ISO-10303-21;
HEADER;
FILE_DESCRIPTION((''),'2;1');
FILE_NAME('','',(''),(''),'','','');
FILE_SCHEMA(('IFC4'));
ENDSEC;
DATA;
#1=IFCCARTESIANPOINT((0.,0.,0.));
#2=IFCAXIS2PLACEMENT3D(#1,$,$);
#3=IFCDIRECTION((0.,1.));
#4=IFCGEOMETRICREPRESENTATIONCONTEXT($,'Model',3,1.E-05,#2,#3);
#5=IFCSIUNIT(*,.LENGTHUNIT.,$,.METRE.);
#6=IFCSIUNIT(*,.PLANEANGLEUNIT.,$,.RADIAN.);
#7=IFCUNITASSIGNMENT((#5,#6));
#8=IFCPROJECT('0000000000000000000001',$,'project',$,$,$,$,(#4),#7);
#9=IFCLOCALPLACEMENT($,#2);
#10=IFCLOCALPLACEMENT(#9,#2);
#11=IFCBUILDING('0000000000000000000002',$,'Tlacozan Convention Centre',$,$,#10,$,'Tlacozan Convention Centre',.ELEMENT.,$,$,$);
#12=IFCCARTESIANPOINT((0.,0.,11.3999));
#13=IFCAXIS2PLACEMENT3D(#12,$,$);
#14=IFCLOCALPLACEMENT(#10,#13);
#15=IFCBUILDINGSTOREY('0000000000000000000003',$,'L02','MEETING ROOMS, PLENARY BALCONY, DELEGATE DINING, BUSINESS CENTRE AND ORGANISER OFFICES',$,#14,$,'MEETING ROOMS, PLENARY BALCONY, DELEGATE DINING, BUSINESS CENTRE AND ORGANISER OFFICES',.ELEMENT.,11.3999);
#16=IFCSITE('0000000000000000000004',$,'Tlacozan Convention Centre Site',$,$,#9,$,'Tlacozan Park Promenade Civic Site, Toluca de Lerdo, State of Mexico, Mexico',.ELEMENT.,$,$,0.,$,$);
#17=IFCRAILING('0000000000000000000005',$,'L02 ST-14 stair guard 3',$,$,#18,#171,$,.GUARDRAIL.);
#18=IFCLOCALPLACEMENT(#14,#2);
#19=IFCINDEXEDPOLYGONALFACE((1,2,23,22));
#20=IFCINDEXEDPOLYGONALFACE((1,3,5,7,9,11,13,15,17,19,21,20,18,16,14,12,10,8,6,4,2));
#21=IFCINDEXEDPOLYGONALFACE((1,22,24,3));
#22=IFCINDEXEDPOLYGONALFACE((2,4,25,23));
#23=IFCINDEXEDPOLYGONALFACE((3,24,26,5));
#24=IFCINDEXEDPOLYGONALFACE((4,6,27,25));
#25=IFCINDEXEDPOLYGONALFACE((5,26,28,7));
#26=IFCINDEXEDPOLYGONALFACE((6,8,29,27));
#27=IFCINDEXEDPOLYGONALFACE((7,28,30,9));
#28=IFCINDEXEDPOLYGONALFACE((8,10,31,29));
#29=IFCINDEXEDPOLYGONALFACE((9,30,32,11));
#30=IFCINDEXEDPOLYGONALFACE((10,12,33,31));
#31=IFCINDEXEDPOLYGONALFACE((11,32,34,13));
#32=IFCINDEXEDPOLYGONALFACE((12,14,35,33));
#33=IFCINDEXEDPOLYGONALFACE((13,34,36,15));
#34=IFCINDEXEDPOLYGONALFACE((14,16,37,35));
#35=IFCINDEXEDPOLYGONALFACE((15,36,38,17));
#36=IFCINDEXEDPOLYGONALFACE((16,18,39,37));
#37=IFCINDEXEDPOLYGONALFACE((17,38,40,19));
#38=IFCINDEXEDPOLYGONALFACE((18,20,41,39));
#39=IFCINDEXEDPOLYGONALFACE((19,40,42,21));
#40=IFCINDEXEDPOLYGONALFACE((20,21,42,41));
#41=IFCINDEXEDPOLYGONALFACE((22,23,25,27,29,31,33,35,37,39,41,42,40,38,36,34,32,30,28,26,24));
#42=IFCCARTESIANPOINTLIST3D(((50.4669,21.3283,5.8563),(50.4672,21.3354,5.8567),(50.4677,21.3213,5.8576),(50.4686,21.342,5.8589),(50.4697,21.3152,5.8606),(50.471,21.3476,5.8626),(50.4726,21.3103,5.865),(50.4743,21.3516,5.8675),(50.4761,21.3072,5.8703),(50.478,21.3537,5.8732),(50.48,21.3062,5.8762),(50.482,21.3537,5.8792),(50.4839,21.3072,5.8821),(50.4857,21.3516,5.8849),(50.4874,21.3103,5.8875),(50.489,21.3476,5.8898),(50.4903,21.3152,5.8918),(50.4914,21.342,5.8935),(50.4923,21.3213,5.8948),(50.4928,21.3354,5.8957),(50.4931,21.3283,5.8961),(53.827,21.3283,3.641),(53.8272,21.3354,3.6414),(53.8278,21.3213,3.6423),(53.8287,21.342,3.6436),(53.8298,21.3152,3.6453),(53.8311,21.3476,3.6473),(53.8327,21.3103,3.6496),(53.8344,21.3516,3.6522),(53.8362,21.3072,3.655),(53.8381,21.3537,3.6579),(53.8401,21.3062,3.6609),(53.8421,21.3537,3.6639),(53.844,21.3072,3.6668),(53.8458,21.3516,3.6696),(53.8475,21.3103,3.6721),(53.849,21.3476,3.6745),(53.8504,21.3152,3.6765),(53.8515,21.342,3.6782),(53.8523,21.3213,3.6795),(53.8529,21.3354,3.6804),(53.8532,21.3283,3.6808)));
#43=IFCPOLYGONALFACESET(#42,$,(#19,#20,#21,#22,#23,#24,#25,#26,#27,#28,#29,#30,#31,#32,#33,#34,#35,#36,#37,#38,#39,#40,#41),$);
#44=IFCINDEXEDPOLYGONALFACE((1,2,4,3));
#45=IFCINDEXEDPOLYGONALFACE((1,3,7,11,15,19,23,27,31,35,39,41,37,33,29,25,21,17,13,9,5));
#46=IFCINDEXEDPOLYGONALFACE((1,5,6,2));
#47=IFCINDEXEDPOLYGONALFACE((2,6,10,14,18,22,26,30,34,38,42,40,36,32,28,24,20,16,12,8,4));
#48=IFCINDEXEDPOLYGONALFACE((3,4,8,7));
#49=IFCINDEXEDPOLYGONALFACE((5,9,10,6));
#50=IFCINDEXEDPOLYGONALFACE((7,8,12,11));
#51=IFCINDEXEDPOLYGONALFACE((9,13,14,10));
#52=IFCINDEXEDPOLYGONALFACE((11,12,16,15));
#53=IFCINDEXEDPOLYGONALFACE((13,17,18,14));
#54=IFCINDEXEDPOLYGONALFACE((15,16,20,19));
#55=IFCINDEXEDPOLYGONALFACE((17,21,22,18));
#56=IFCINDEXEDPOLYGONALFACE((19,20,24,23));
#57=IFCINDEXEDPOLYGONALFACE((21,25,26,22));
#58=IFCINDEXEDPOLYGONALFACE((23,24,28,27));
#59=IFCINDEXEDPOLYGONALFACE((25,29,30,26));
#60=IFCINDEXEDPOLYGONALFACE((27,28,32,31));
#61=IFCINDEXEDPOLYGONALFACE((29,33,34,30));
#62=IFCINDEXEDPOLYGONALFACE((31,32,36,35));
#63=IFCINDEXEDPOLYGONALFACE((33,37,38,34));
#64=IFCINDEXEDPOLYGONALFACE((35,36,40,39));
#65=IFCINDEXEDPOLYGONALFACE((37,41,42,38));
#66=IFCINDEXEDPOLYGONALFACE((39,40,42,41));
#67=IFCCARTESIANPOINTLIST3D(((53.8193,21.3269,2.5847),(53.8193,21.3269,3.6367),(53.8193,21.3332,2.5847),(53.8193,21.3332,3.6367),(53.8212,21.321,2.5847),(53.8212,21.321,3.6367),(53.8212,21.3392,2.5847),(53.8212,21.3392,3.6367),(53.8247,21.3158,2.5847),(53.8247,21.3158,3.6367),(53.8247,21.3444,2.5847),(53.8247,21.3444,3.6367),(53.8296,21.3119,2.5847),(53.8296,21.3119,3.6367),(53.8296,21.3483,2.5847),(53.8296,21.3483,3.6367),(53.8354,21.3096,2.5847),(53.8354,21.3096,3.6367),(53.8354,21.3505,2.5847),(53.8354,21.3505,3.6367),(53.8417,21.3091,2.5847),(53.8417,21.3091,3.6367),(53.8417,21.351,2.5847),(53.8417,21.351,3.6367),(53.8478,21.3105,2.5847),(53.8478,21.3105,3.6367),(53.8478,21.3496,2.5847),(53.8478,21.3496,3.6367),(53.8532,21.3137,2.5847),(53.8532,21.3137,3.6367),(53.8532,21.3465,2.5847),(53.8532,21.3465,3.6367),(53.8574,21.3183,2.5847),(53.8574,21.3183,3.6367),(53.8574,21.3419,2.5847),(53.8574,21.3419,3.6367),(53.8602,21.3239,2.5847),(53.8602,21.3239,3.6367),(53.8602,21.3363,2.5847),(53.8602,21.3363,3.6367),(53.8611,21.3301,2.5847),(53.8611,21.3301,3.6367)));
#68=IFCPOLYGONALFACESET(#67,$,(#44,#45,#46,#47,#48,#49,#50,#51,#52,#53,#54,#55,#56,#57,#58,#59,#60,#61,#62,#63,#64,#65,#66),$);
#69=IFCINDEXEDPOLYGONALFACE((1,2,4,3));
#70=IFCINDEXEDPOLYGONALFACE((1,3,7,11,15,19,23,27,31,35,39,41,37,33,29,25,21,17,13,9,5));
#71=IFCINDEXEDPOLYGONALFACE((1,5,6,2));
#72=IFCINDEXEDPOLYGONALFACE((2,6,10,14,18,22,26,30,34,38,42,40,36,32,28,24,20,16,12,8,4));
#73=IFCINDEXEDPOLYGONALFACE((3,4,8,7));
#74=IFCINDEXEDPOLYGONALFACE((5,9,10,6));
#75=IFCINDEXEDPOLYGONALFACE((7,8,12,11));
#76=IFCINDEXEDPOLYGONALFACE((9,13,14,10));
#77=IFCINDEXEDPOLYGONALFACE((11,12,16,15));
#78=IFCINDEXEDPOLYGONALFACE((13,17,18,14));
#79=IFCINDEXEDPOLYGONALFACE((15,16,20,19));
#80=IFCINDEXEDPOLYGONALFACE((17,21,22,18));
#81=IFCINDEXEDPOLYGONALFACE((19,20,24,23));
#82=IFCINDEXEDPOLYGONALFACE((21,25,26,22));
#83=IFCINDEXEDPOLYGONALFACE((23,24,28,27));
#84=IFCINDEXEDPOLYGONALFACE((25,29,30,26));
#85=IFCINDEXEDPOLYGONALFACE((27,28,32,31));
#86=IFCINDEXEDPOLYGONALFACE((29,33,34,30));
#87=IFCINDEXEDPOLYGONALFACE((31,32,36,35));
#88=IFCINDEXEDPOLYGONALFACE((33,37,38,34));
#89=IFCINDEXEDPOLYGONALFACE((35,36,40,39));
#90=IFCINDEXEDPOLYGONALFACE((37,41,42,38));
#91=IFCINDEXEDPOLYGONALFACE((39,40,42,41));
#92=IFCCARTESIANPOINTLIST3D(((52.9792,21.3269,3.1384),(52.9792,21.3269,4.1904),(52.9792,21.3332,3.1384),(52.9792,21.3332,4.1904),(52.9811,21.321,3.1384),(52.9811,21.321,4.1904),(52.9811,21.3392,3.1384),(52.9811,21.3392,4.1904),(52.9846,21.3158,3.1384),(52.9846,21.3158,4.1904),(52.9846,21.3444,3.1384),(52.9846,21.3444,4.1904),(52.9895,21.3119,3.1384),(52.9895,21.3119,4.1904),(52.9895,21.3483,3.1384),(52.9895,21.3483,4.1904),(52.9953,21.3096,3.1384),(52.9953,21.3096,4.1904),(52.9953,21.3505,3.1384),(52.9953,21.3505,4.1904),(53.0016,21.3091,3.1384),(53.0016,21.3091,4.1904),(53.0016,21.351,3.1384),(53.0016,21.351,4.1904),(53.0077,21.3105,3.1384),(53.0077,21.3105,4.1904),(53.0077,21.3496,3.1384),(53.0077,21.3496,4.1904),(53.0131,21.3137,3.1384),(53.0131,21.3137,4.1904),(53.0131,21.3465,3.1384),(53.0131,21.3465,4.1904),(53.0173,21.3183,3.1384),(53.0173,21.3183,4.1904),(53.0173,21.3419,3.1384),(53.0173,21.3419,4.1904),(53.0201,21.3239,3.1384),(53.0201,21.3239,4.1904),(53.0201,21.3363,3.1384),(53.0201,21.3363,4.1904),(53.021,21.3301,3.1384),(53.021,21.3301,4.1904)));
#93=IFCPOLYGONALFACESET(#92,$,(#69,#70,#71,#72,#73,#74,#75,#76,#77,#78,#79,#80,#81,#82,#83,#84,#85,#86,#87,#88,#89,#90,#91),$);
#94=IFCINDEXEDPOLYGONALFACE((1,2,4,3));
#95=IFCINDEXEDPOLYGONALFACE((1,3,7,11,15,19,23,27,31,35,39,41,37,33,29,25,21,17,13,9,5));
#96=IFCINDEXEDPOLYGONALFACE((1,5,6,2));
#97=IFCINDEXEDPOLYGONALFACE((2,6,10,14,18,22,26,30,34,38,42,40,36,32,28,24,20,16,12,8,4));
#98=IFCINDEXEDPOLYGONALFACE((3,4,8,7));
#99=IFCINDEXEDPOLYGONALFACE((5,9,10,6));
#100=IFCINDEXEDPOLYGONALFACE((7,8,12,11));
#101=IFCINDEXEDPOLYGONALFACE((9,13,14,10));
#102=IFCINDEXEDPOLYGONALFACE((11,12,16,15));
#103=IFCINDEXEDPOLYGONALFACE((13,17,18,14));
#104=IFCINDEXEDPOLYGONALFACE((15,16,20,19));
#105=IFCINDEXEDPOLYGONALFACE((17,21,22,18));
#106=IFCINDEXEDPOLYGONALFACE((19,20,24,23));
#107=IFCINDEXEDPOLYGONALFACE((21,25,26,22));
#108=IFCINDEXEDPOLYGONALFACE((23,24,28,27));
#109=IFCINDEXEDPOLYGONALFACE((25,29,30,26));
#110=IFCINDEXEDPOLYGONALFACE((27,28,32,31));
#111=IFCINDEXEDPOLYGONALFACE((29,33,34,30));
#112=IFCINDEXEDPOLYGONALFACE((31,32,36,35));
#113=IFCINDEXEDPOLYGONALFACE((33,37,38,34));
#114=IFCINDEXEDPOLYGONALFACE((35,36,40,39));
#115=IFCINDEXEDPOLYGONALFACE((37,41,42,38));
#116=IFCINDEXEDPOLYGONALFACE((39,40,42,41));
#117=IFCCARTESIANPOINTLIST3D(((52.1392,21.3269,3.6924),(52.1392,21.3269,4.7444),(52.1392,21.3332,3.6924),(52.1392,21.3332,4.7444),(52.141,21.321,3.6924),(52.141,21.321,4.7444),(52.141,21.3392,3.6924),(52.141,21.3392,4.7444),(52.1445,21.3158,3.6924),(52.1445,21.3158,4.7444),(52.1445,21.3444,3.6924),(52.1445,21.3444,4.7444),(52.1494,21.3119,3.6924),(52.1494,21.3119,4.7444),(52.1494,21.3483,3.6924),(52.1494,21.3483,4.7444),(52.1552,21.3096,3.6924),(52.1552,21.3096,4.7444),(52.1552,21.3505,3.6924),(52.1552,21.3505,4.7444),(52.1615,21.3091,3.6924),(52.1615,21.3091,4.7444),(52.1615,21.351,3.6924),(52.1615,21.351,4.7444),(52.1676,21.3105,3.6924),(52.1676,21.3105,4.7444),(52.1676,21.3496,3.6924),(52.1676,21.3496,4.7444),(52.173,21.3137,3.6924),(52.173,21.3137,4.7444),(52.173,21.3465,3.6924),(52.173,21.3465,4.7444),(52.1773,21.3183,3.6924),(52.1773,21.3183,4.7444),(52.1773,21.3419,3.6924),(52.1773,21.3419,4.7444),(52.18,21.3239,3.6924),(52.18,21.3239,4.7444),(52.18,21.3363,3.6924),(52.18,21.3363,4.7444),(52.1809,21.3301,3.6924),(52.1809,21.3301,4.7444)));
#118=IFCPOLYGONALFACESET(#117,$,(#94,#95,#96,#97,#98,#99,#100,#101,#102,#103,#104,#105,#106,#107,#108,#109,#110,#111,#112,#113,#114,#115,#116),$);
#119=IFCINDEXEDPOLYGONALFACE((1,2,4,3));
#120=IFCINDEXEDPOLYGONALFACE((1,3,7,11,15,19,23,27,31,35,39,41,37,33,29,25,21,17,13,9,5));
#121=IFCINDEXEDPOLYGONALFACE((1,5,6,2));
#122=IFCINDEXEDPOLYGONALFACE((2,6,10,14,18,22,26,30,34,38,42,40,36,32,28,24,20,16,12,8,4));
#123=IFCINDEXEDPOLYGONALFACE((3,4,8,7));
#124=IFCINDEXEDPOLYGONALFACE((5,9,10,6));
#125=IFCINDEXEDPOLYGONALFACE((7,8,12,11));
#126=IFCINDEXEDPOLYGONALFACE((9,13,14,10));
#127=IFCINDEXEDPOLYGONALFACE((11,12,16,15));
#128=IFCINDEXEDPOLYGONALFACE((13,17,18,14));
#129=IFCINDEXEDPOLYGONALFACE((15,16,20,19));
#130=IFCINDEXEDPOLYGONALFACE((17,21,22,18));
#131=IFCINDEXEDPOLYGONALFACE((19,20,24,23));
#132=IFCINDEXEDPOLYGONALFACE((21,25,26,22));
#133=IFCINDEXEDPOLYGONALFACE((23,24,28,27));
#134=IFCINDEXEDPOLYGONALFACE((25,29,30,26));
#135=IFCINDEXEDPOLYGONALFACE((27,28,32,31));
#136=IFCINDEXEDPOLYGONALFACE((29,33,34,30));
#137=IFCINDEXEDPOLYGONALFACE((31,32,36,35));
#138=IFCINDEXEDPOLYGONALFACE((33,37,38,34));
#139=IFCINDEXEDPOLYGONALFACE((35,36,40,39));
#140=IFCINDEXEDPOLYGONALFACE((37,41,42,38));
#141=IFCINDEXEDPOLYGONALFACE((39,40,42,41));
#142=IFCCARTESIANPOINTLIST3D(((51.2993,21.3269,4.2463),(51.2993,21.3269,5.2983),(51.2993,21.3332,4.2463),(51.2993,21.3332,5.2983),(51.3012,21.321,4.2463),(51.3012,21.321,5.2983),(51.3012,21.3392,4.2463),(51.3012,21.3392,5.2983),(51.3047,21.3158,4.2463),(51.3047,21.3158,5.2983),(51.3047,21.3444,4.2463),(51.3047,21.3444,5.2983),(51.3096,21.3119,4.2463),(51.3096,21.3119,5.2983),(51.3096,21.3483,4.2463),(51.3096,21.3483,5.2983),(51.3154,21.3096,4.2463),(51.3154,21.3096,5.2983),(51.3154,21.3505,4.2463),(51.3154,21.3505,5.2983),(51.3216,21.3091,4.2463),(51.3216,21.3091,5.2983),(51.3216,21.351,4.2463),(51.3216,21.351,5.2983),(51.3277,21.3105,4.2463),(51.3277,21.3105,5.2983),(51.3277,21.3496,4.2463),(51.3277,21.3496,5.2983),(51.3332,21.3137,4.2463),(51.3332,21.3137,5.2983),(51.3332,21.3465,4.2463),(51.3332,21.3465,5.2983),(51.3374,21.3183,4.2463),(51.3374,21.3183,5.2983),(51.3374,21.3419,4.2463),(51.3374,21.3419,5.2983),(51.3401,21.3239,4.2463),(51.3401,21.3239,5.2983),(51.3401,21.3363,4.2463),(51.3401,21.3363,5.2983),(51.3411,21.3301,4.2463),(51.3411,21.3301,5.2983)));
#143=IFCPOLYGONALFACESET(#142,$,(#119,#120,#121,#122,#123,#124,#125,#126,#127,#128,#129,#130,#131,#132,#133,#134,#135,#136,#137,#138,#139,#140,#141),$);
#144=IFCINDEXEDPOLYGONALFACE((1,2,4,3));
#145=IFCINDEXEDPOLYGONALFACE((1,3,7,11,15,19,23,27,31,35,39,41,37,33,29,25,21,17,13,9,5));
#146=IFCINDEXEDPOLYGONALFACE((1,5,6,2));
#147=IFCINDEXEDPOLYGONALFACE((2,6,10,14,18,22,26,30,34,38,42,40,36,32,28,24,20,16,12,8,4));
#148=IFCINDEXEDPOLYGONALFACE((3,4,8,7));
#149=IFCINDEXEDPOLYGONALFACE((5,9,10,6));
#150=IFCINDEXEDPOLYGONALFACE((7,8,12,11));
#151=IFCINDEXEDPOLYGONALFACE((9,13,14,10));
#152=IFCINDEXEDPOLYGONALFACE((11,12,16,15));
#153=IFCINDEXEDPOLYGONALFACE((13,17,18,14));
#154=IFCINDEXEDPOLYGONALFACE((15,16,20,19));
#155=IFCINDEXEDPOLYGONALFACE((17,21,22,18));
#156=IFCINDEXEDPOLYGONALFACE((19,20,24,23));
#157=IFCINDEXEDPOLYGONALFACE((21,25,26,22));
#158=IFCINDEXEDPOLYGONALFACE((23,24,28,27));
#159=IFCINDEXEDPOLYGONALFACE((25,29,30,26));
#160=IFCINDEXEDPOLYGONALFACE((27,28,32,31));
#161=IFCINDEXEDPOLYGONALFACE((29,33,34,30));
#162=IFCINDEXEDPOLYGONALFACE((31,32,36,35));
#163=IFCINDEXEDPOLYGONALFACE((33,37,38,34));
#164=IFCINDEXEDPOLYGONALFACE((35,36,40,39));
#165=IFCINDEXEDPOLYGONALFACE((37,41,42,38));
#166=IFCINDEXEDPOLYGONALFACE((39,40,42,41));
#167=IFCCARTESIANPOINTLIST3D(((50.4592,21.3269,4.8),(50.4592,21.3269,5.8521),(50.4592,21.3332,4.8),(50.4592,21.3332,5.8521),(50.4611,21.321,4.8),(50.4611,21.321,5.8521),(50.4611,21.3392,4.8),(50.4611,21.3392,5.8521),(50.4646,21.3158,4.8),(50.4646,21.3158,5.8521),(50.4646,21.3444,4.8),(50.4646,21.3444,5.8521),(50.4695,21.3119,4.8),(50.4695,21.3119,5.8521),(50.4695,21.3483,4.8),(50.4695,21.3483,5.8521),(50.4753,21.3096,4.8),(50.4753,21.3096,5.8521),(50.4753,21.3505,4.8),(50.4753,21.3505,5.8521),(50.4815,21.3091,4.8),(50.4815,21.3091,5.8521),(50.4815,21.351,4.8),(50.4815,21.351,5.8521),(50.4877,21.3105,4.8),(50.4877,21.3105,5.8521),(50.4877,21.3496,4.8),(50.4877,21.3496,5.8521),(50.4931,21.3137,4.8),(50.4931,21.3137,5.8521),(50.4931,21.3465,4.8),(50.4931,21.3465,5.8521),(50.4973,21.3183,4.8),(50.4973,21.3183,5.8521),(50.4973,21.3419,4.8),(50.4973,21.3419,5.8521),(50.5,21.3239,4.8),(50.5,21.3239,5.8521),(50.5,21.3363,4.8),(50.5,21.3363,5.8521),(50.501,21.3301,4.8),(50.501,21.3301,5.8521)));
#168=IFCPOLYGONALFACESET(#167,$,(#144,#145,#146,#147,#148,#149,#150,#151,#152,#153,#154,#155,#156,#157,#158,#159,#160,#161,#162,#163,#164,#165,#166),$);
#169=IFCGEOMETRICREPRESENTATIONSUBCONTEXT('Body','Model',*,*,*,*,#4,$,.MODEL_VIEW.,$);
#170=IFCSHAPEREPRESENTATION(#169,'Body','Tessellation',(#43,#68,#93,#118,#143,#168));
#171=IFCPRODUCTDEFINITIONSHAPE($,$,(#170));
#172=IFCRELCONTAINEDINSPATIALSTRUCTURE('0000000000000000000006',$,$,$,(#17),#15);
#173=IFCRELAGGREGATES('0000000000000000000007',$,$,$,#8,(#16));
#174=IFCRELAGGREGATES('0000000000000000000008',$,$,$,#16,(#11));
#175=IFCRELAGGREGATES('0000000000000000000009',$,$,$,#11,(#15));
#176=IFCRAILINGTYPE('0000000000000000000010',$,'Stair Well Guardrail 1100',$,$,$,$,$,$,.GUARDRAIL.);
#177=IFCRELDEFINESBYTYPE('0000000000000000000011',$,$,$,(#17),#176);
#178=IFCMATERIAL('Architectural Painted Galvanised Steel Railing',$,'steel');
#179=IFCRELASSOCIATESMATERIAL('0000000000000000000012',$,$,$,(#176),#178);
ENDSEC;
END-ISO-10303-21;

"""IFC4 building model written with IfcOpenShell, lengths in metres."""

from ifc_helpers import new_model, si_unit, direction, frame, origin, origin_2d, place, context, subcontext, project, spatial, circle, extrude, material, type_object, element, save


model = new_model("IFC4")

# Units and contexts
model_context = context("Model", 3, precision=1e-05, world=origin(), true_north=direction((0.0, 1.0)))
body_context = subcontext(model_context, "Body", "Model", "MODEL_VIEW")
ifc_project = project(units=[si_unit("LENGTHUNIT", "METRE"), si_unit("PLANEANGLEUNIT", "RADIAN")], contexts=[model_context])

# Site, building, storey
site_placement = place(None, origin())
site = spatial("IfcSite", under=ifc_project, at=site_placement, Name="Tlacozan Convention Centre Site", LongName="Tlacozan Park Promenade Civic Site, Toluca de Lerdo, State of Mexico, Mexico", CompositionType="ELEMENT", RefElevation=0.0)
building_placement = place(site_placement, origin())
building = spatial("IfcBuilding", under=site, at=building_placement, Name="Tlacozan Convention Centre", LongName="Tlacozan Convention Centre", CompositionType="ELEMENT")
storey_placement = place(building_placement, frame((0.0, 0.0, 11.3999)))
storey = spatial("IfcBuildingStorey", under=building, at=storey_placement, Name="L02", Description="MEETING ROOMS, PLENARY BALCONY, DELEGATE DINING, BUSINESS CENTRE AND ORGANISER OFFICES", LongName="MEETING ROOMS, PLENARY BALCONY, DELEGATE DINING, BUSINESS CENTRE AND ORGANISER OFFICES", CompositionType="ELEMENT", Elevation=11.3999)

# Railing
ifc_material_1 = material(Name="Architectural Painted Galvanised Steel Railing", Category="steel")
railing_type_1 = type_object("IfcRailingType", Name="Stair Well Guardrail 1100", PredefinedType="GUARDRAIL", material=ifc_material_1)
railing_1_placement = place(storey_placement, frame((53.8401, 21.3301, 2.5847)))
element("IfcRailing", 1, at=railing_1_placement, inside=storey, type_object=railing_type_1, Name="L02 ST-14 stair guard 3", PredefinedType="GUARDRAIL", context=body_context, shape_type="SweptSolid", body=[
    extrude(circle(Radius=0.0239, at=origin_2d()), frame((0.0, 0.0, 1.0762), z_axis=(-0.834876, 0.0, 0.550437), x_axis=(0.0, -1.0, 0.0)), (0.0, 0.0, 1.0), 4.0247),
    extrude(circle(Radius=0.021, at=origin_2d()), origin(), (0.0, 0.0, 1.0), 1.052),
    extrude(circle(Radius=0.021, at=origin_2d()), frame((-0.8401, 0.0, 0.5537)), (0.0, 0.0, 1.0), 1.052),
    extrude(circle(Radius=0.021, at=origin_2d()), frame((-1.6802, 0.0, 1.1077)), (0.0, 0.0, 1.0), 1.052),
    extrude(circle(Radius=0.021, at=origin_2d()), frame((-2.52, 0.0, 1.6616)), (0.0, 0.0, 1.0), 1.052),
    extrude(circle(Radius=0.021, at=origin_2d()), frame((-3.3601, 0.0, 2.2153)), (0.0, 0.0, 1.0), 1.052),
])

save(model, "model.ifc")
